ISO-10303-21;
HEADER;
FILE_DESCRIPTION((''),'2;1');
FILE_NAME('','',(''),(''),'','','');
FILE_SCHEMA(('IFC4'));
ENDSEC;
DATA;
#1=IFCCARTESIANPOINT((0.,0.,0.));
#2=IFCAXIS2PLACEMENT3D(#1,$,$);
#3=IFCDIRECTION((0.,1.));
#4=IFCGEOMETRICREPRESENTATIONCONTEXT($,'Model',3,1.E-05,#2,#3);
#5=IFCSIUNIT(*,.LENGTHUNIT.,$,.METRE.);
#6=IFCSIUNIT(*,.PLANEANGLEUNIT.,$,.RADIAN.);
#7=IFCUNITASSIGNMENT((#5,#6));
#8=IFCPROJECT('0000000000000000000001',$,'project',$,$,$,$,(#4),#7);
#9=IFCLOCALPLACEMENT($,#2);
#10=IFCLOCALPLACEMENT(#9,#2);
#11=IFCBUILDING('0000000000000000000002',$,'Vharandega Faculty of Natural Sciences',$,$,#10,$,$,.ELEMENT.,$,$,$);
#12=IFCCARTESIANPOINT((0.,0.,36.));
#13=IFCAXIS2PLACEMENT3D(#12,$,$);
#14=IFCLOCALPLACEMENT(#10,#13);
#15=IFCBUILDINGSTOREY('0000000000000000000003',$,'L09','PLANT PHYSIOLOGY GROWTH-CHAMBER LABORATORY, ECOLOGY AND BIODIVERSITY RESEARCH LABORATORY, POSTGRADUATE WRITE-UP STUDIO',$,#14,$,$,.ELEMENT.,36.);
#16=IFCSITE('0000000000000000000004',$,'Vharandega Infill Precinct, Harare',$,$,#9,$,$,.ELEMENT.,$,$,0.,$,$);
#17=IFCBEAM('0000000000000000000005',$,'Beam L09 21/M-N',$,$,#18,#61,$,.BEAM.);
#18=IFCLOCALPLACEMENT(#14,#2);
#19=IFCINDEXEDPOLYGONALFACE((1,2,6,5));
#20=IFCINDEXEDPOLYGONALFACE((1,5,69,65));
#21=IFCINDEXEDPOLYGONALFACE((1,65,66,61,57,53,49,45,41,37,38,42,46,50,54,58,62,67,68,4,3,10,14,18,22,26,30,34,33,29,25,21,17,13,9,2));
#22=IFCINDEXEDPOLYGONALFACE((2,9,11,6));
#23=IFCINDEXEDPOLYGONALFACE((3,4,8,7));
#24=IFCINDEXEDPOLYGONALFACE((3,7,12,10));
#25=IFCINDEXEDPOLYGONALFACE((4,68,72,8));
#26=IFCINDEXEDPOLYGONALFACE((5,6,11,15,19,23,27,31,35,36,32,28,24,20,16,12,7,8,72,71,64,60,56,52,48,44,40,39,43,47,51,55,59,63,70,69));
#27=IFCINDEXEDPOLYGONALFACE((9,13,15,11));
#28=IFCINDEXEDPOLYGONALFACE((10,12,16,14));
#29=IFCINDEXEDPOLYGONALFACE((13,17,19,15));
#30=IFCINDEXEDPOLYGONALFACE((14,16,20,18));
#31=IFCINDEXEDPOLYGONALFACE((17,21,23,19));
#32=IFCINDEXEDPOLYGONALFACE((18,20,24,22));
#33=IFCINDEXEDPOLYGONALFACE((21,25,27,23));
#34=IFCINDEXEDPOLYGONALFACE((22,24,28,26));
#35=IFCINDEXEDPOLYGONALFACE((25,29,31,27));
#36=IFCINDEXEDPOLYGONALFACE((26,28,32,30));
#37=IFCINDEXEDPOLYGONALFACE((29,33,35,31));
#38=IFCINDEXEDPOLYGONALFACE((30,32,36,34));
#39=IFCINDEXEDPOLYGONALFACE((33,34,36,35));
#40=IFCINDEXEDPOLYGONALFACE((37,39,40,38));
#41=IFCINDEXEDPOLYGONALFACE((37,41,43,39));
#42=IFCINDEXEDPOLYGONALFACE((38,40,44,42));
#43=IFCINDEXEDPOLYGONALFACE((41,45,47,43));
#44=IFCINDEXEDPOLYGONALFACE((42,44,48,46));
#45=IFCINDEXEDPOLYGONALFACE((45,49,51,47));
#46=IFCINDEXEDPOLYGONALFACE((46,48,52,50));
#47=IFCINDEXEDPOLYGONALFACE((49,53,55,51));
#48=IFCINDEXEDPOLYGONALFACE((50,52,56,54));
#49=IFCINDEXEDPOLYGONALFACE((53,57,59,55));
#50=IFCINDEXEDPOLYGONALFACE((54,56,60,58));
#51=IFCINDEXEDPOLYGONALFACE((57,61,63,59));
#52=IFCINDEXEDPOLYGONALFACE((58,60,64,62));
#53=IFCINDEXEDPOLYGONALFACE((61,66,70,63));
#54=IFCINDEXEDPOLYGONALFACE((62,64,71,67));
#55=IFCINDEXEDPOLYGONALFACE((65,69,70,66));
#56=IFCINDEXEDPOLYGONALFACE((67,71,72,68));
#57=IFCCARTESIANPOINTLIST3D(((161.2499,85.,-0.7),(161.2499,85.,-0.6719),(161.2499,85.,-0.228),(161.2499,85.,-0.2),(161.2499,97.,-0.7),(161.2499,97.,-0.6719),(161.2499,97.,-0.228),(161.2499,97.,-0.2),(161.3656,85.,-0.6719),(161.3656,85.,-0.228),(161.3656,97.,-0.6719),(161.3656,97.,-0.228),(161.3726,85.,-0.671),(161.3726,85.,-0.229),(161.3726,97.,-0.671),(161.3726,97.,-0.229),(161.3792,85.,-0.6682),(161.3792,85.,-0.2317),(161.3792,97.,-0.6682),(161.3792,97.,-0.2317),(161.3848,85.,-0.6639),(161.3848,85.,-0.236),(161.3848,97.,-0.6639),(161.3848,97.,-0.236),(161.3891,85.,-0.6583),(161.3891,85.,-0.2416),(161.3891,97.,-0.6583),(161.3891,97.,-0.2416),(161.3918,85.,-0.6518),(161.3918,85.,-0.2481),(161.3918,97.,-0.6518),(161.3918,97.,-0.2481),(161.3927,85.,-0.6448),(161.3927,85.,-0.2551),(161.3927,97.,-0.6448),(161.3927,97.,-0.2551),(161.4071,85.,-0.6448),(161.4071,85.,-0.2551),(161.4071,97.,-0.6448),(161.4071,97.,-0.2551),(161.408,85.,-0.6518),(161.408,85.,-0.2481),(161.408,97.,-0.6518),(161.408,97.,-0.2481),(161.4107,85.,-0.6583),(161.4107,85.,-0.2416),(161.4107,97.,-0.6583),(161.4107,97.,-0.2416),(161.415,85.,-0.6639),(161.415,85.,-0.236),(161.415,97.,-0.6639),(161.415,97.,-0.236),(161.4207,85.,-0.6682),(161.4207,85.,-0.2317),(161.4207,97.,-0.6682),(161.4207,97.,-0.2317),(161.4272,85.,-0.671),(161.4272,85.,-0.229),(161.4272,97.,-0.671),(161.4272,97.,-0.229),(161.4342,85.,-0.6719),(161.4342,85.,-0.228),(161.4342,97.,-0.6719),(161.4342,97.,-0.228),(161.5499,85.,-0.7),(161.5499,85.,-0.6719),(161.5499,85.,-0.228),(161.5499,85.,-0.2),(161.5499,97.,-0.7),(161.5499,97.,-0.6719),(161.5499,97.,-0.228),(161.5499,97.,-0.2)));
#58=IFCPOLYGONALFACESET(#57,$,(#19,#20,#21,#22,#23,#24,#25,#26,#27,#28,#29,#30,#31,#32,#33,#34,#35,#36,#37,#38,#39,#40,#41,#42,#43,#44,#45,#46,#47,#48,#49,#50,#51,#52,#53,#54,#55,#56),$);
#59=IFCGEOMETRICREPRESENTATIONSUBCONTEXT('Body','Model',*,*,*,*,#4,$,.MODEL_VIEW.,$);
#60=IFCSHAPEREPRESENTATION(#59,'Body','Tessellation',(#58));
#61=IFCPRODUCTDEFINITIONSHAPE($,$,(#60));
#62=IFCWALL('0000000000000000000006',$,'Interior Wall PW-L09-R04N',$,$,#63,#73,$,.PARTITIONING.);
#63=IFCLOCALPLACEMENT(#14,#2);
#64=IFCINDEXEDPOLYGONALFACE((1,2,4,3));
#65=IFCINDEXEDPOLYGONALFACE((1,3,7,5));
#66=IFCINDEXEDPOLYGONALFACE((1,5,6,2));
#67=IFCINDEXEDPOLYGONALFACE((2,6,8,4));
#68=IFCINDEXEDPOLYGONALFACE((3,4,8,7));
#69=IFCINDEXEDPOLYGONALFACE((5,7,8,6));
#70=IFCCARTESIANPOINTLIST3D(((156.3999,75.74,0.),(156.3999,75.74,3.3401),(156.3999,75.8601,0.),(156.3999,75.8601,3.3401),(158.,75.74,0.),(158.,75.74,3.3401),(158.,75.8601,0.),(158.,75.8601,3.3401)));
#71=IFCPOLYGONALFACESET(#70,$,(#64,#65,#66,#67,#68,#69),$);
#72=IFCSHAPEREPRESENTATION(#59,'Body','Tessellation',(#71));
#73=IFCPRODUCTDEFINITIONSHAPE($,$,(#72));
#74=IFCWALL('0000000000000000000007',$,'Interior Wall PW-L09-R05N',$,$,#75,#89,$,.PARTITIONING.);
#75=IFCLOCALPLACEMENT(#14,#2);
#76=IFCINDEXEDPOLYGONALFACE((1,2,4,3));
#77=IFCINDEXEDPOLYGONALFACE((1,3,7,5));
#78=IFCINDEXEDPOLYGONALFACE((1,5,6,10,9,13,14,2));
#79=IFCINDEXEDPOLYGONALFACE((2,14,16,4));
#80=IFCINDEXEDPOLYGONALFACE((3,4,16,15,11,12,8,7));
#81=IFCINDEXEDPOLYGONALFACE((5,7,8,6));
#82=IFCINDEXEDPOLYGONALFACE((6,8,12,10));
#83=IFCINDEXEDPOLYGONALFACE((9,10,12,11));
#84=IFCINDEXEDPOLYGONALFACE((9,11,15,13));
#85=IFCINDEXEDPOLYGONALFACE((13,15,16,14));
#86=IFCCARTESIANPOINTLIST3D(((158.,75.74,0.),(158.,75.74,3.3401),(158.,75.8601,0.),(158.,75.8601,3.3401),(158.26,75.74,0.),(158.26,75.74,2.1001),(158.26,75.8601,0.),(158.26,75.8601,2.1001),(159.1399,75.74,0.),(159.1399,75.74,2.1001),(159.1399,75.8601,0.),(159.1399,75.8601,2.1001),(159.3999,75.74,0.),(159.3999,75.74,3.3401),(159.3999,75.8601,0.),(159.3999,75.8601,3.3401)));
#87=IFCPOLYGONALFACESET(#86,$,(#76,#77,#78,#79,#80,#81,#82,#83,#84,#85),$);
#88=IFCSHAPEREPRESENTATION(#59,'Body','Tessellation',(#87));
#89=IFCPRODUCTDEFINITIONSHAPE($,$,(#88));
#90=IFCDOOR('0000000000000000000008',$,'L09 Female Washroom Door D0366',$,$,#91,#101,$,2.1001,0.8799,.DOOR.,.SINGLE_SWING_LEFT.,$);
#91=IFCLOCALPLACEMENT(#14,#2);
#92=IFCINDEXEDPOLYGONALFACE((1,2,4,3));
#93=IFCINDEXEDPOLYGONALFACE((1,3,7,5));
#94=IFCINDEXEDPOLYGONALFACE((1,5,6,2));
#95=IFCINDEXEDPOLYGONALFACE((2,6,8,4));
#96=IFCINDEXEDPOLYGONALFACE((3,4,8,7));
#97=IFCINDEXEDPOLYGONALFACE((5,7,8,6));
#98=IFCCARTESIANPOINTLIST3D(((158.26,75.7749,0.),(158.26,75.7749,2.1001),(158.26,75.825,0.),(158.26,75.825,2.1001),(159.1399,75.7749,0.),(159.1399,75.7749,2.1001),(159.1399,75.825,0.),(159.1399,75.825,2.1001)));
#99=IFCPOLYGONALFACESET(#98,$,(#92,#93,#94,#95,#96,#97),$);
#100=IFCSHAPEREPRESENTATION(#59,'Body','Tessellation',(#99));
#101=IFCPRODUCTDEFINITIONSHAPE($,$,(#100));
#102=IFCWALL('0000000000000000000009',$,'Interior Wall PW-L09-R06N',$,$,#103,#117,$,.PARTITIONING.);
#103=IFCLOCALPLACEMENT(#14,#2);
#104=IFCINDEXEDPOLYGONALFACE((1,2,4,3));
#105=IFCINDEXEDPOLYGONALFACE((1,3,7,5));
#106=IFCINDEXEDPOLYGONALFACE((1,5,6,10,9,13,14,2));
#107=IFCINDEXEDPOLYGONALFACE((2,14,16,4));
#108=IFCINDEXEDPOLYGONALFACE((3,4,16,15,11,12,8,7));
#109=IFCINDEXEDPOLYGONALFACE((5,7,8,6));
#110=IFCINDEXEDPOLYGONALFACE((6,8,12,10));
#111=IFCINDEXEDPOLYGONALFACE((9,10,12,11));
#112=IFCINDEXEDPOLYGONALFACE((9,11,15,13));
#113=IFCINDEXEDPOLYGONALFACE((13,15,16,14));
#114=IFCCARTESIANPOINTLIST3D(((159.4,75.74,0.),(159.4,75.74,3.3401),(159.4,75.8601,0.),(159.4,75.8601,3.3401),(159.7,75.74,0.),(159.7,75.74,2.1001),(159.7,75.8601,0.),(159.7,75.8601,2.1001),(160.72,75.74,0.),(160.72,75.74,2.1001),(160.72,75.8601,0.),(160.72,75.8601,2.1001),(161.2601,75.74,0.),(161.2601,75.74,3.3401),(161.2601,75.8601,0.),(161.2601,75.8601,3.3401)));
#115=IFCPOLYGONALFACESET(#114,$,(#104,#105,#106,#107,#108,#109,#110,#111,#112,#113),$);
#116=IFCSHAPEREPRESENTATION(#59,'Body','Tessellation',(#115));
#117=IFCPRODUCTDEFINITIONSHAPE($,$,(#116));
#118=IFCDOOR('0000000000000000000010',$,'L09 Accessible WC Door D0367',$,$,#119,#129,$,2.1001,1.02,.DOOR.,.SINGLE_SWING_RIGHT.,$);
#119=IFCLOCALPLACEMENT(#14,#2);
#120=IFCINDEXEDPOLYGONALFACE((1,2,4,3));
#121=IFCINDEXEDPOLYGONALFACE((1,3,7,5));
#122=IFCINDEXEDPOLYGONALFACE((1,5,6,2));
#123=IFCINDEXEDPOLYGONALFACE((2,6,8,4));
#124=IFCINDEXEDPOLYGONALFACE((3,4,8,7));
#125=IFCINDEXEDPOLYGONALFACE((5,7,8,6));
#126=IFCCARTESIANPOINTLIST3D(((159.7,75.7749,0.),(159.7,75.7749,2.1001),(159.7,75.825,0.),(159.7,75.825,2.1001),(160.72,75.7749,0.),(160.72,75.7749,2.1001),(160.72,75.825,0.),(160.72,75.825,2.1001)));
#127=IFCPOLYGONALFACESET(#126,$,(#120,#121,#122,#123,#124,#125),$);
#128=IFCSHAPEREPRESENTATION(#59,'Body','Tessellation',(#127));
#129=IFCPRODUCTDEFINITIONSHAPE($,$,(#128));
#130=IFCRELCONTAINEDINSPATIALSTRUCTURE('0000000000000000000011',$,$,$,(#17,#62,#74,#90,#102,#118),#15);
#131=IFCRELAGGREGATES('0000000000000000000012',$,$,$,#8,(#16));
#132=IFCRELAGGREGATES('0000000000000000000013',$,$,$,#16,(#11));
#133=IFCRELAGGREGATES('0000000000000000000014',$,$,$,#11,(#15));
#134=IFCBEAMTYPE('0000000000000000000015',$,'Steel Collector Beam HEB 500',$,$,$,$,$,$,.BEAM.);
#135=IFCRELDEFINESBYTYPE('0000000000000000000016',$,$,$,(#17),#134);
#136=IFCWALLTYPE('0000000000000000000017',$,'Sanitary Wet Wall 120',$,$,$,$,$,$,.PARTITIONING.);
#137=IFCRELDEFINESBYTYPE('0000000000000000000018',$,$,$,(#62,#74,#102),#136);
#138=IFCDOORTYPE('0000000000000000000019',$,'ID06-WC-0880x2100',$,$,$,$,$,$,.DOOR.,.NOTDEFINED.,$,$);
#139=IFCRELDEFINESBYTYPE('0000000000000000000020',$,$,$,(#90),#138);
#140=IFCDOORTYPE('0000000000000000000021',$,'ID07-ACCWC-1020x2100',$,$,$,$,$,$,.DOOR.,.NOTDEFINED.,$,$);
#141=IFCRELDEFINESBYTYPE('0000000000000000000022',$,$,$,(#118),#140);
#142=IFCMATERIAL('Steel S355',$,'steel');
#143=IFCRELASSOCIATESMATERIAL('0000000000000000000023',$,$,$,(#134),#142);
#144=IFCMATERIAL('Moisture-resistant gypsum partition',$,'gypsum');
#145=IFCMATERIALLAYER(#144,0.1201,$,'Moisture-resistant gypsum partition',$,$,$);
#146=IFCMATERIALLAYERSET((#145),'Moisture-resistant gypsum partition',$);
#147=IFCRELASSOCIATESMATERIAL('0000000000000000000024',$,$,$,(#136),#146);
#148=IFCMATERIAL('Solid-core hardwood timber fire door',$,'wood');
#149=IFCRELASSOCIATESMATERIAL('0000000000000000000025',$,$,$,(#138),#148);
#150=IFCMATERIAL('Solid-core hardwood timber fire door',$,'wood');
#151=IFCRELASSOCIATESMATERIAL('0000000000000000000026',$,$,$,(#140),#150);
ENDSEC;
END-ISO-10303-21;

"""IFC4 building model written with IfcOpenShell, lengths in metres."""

from ifc_helpers import new_model, si_unit, direction, frame, frame_2d, origin, origin_2d, place, context, subcontext, project, spatial, rectangle, i_section, extrude, material, layer, layer_set, material_profile, profile_set, type_object, element, fill, save


model = new_model("IFC4")

# Units and contexts
model_context = context("Model", 3, precision=1e-05, world=origin(), true_north=direction((0.0, 1.0)))
body_context = subcontext(model_context, "Body", "Model", "MODEL_VIEW")
ifc_project = project(units=[si_unit("LENGTHUNIT", "METRE"), si_unit("PLANEANGLEUNIT", "RADIAN")], contexts=[model_context])

# Site, building, storey
site_placement = place(None, origin())
site = spatial("IfcSite", under=ifc_project, at=site_placement, Name="Vharandega Infill Precinct, Harare", CompositionType="ELEMENT", RefElevation=0.0)
building_placement = place(site_placement, origin())
building = spatial("IfcBuilding", under=site, at=building_placement, Name="Vharandega Faculty of Natural Sciences", CompositionType="ELEMENT")
storey_placement = place(building_placement, frame((0.0, 0.0, 36.0)))
storey = spatial("IfcBuildingStorey", under=building, at=storey_placement, Name="L09", Description="PLANT PHYSIOLOGY GROWTH-CHAMBER LABORATORY, ECOLOGY AND BIODIVERSITY RESEARCH LABORATORY, POSTGRADUATE WRITE-UP STUDIO", CompositionType="ELEMENT", Elevation=36.0)

# Beam
ifc_material_1 = material(Name="Steel S355", Category="steel")
ifc_material_profile_1 = material_profile(ifc_material_1, i_section(OverallWidth=0.3, OverallDepth=0.5, WebThickness=0.0144, FlangeThickness=0.0281, FilletRadius=0.0271, at=origin_2d()), Name="HEB 500")
ifc_profile_set_1 = profile_set([ifc_material_profile_1], Name="Steel S355")
beam_type_1 = type_object("IfcBeamType", Name="Steel Collector Beam HEB 500", PredefinedType="BEAM", material=ifc_profile_set_1)
for number, where, z_axis, x_axis, name in (
    (1, (161.3999, 85.0, -0.45), (0.0, 1.0, 0.0), (-1.0, 0.0, 0.0), "Beam L09 21/M-N"),
):
    element("IfcBeam", number, at=place(storey_placement, frame(where, z_axis=z_axis, x_axis=x_axis)), inside=storey, type_object=beam_type_1, Name=name, PredefinedType="BEAM", context=body_context, shape_type="SweptSolid", body=[
        extrude(i_section(OverallWidth=0.3, OverallDepth=0.5, WebThickness=0.0144, FlangeThickness=0.0281, FilletRadius=0.0271, at=origin_2d()), origin(), (0.0, 0.0, 1.0), 12.0),
    ])

# Wall
ifc_material_2 = material(Name="Moisture-resistant gypsum partition", Category="gypsum")
ifc_layer_1 = layer(ifc_material_2, 0.1201, Name="Moisture-resistant gypsum partition")
ifc_layer_set_1 = layer_set([ifc_layer_1], Name="Moisture-resistant gypsum partition")
wall_type_1 = type_object("IfcWallType", Name="Sanitary Wet Wall 120", PredefinedType="PARTITIONING", material=ifc_layer_set_1)
wall_1_placement = place(storey_placement, frame((156.3999, 75.8, 0.0), z_axis=(0.0, 0.0, 1.0), x_axis=(1.0, 0.0, 0.0)))
element("IfcWall", 2, at=wall_1_placement, inside=storey, type_object=wall_type_1, Name="Interior Wall PW-L09-R04N", PredefinedType="PARTITIONING", context=body_context, shape_type="SweptSolid", body=[
    extrude(rectangle(XDim=1.6001, YDim=0.1201, at=frame_2d((0.8, 0.0))), origin(), (0.0, 0.0, 1.0), 3.3401),
])

# Walls, openings, doors
wall_2_placement = place(storey_placement, frame((158.0, 75.8, 0.0), z_axis=(0.0, 0.0, 1.0), x_axis=(1.0, 0.0, 0.0)))
wall_2 = element("IfcWall", 3, at=wall_2_placement, inside=storey, type_object=wall_type_1, Name="Interior Wall PW-L09-R05N", PredefinedType="PARTITIONING", context=body_context, shape_type="SweptSolid", body=[
    extrude(rectangle(XDim=1.3999, YDim=0.1201, at=frame_2d((0.7, 0.0))), origin(), (0.0, 0.0, 1.0), 3.3401),
])
opening_1_placement = place(wall_2_placement, frame((0.26, 0.0, 0.0)))
opening_1 = element("IfcOpeningElement", 4, at=opening_1_placement, cuts=wall_2, PredefinedType="OPENING", context=body_context, shape_type="SweptSolid", body=[
    extrude(rectangle(XDim=0.8799, YDim=2.1001, at=frame_2d((0.4399, 1.05))), frame((0.0, 0.0701, 0.0), z_axis=(0.0, -1.0, 0.0), x_axis=(1.0, 0.0, 0.0)), (0.0, 0.0, 1.0), 0.1401),
])
ifc_material_3 = material(Name="Solid-core hardwood timber fire door", Category="wood")
door_type_1 = type_object("IfcDoorType", Name="ID06-WC-0880x2100", OperationType="NOTDEFINED", PredefinedType="DOOR", material=ifc_material_3)
door_1_placement = place(opening_1_placement, origin())
door_1 = element("IfcDoor", 5, at=door_1_placement, inside=storey, type_object=door_type_1, Name="L09 Female Washroom Door D0366", OperationType="SINGLE_SWING_LEFT", OverallHeight=2.1001, OverallWidth=0.8799, PredefinedType="DOOR", context=body_context, shape_type="SweptSolid", body=[
    extrude(rectangle(XDim=0.8799, YDim=2.1001, at=frame_2d((0.4399, 1.05))), frame((0.0, 0.0249, 0.0), z_axis=(0.0, -1.0, 0.0), x_axis=(1.0, 0.0, 0.0)), (0.0, 0.0, 1.0), 0.05),
])
fill(opening_1, door_1)
wall_3_placement = place(storey_placement, frame((159.3999, 75.8, 0.0), z_axis=(0.0, 0.0, 1.0), x_axis=(1.0, 0.0, 0.0)))
wall_3 = element("IfcWall", 6, at=wall_3_placement, inside=storey, type_object=wall_type_1, Name="Interior Wall PW-L09-R06N", PredefinedType="PARTITIONING", context=body_context, shape_type="SweptSolid", body=[
    extrude(rectangle(XDim=1.8601, YDim=0.1201, at=frame_2d((0.9302, 0.0))), origin(), (0.0, 0.0, 1.0), 3.3401),
])
opening_2_placement = place(wall_3_placement, frame((0.3, 0.0, 0.0)))
opening_2 = element("IfcOpeningElement", 7, at=opening_2_placement, cuts=wall_3, PredefinedType="OPENING", context=body_context, shape_type="SweptSolid", body=[
    extrude(rectangle(XDim=1.02, YDim=2.1001, at=frame_2d((0.51, 1.05))), frame((0.0, 0.0701, 0.0), z_axis=(0.0, -1.0, 0.0), x_axis=(1.0, 0.0, 0.0)), (0.0, 0.0, 1.0), 0.1401),
])
ifc_material_4 = material(Name="Solid-core hardwood timber fire door", Category="wood")
door_type_2 = type_object("IfcDoorType", Name="ID07-ACCWC-1020x2100", OperationType="NOTDEFINED", PredefinedType="DOOR", material=ifc_material_4)
door_2_placement = place(opening_2_placement, origin())
door_2 = element("IfcDoor", 8, at=door_2_placement, inside=storey, type_object=door_type_2, Name="L09 Accessible WC Door D0367", OperationType="SINGLE_SWING_RIGHT", OverallHeight=2.1001, OverallWidth=1.02, PredefinedType="DOOR", context=body_context, shape_type="SweptSolid", body=[
    extrude(rectangle(XDim=1.02, YDim=2.1001, at=frame_2d((0.51, 1.05))), frame((0.0, 0.0249, 0.0), z_axis=(0.0, -1.0, 0.0), x_axis=(1.0, 0.0, 0.0)), (0.0, 0.0, 1.0), 0.05),
])
fill(opening_2, door_2)

save(model, "model.ifc")
